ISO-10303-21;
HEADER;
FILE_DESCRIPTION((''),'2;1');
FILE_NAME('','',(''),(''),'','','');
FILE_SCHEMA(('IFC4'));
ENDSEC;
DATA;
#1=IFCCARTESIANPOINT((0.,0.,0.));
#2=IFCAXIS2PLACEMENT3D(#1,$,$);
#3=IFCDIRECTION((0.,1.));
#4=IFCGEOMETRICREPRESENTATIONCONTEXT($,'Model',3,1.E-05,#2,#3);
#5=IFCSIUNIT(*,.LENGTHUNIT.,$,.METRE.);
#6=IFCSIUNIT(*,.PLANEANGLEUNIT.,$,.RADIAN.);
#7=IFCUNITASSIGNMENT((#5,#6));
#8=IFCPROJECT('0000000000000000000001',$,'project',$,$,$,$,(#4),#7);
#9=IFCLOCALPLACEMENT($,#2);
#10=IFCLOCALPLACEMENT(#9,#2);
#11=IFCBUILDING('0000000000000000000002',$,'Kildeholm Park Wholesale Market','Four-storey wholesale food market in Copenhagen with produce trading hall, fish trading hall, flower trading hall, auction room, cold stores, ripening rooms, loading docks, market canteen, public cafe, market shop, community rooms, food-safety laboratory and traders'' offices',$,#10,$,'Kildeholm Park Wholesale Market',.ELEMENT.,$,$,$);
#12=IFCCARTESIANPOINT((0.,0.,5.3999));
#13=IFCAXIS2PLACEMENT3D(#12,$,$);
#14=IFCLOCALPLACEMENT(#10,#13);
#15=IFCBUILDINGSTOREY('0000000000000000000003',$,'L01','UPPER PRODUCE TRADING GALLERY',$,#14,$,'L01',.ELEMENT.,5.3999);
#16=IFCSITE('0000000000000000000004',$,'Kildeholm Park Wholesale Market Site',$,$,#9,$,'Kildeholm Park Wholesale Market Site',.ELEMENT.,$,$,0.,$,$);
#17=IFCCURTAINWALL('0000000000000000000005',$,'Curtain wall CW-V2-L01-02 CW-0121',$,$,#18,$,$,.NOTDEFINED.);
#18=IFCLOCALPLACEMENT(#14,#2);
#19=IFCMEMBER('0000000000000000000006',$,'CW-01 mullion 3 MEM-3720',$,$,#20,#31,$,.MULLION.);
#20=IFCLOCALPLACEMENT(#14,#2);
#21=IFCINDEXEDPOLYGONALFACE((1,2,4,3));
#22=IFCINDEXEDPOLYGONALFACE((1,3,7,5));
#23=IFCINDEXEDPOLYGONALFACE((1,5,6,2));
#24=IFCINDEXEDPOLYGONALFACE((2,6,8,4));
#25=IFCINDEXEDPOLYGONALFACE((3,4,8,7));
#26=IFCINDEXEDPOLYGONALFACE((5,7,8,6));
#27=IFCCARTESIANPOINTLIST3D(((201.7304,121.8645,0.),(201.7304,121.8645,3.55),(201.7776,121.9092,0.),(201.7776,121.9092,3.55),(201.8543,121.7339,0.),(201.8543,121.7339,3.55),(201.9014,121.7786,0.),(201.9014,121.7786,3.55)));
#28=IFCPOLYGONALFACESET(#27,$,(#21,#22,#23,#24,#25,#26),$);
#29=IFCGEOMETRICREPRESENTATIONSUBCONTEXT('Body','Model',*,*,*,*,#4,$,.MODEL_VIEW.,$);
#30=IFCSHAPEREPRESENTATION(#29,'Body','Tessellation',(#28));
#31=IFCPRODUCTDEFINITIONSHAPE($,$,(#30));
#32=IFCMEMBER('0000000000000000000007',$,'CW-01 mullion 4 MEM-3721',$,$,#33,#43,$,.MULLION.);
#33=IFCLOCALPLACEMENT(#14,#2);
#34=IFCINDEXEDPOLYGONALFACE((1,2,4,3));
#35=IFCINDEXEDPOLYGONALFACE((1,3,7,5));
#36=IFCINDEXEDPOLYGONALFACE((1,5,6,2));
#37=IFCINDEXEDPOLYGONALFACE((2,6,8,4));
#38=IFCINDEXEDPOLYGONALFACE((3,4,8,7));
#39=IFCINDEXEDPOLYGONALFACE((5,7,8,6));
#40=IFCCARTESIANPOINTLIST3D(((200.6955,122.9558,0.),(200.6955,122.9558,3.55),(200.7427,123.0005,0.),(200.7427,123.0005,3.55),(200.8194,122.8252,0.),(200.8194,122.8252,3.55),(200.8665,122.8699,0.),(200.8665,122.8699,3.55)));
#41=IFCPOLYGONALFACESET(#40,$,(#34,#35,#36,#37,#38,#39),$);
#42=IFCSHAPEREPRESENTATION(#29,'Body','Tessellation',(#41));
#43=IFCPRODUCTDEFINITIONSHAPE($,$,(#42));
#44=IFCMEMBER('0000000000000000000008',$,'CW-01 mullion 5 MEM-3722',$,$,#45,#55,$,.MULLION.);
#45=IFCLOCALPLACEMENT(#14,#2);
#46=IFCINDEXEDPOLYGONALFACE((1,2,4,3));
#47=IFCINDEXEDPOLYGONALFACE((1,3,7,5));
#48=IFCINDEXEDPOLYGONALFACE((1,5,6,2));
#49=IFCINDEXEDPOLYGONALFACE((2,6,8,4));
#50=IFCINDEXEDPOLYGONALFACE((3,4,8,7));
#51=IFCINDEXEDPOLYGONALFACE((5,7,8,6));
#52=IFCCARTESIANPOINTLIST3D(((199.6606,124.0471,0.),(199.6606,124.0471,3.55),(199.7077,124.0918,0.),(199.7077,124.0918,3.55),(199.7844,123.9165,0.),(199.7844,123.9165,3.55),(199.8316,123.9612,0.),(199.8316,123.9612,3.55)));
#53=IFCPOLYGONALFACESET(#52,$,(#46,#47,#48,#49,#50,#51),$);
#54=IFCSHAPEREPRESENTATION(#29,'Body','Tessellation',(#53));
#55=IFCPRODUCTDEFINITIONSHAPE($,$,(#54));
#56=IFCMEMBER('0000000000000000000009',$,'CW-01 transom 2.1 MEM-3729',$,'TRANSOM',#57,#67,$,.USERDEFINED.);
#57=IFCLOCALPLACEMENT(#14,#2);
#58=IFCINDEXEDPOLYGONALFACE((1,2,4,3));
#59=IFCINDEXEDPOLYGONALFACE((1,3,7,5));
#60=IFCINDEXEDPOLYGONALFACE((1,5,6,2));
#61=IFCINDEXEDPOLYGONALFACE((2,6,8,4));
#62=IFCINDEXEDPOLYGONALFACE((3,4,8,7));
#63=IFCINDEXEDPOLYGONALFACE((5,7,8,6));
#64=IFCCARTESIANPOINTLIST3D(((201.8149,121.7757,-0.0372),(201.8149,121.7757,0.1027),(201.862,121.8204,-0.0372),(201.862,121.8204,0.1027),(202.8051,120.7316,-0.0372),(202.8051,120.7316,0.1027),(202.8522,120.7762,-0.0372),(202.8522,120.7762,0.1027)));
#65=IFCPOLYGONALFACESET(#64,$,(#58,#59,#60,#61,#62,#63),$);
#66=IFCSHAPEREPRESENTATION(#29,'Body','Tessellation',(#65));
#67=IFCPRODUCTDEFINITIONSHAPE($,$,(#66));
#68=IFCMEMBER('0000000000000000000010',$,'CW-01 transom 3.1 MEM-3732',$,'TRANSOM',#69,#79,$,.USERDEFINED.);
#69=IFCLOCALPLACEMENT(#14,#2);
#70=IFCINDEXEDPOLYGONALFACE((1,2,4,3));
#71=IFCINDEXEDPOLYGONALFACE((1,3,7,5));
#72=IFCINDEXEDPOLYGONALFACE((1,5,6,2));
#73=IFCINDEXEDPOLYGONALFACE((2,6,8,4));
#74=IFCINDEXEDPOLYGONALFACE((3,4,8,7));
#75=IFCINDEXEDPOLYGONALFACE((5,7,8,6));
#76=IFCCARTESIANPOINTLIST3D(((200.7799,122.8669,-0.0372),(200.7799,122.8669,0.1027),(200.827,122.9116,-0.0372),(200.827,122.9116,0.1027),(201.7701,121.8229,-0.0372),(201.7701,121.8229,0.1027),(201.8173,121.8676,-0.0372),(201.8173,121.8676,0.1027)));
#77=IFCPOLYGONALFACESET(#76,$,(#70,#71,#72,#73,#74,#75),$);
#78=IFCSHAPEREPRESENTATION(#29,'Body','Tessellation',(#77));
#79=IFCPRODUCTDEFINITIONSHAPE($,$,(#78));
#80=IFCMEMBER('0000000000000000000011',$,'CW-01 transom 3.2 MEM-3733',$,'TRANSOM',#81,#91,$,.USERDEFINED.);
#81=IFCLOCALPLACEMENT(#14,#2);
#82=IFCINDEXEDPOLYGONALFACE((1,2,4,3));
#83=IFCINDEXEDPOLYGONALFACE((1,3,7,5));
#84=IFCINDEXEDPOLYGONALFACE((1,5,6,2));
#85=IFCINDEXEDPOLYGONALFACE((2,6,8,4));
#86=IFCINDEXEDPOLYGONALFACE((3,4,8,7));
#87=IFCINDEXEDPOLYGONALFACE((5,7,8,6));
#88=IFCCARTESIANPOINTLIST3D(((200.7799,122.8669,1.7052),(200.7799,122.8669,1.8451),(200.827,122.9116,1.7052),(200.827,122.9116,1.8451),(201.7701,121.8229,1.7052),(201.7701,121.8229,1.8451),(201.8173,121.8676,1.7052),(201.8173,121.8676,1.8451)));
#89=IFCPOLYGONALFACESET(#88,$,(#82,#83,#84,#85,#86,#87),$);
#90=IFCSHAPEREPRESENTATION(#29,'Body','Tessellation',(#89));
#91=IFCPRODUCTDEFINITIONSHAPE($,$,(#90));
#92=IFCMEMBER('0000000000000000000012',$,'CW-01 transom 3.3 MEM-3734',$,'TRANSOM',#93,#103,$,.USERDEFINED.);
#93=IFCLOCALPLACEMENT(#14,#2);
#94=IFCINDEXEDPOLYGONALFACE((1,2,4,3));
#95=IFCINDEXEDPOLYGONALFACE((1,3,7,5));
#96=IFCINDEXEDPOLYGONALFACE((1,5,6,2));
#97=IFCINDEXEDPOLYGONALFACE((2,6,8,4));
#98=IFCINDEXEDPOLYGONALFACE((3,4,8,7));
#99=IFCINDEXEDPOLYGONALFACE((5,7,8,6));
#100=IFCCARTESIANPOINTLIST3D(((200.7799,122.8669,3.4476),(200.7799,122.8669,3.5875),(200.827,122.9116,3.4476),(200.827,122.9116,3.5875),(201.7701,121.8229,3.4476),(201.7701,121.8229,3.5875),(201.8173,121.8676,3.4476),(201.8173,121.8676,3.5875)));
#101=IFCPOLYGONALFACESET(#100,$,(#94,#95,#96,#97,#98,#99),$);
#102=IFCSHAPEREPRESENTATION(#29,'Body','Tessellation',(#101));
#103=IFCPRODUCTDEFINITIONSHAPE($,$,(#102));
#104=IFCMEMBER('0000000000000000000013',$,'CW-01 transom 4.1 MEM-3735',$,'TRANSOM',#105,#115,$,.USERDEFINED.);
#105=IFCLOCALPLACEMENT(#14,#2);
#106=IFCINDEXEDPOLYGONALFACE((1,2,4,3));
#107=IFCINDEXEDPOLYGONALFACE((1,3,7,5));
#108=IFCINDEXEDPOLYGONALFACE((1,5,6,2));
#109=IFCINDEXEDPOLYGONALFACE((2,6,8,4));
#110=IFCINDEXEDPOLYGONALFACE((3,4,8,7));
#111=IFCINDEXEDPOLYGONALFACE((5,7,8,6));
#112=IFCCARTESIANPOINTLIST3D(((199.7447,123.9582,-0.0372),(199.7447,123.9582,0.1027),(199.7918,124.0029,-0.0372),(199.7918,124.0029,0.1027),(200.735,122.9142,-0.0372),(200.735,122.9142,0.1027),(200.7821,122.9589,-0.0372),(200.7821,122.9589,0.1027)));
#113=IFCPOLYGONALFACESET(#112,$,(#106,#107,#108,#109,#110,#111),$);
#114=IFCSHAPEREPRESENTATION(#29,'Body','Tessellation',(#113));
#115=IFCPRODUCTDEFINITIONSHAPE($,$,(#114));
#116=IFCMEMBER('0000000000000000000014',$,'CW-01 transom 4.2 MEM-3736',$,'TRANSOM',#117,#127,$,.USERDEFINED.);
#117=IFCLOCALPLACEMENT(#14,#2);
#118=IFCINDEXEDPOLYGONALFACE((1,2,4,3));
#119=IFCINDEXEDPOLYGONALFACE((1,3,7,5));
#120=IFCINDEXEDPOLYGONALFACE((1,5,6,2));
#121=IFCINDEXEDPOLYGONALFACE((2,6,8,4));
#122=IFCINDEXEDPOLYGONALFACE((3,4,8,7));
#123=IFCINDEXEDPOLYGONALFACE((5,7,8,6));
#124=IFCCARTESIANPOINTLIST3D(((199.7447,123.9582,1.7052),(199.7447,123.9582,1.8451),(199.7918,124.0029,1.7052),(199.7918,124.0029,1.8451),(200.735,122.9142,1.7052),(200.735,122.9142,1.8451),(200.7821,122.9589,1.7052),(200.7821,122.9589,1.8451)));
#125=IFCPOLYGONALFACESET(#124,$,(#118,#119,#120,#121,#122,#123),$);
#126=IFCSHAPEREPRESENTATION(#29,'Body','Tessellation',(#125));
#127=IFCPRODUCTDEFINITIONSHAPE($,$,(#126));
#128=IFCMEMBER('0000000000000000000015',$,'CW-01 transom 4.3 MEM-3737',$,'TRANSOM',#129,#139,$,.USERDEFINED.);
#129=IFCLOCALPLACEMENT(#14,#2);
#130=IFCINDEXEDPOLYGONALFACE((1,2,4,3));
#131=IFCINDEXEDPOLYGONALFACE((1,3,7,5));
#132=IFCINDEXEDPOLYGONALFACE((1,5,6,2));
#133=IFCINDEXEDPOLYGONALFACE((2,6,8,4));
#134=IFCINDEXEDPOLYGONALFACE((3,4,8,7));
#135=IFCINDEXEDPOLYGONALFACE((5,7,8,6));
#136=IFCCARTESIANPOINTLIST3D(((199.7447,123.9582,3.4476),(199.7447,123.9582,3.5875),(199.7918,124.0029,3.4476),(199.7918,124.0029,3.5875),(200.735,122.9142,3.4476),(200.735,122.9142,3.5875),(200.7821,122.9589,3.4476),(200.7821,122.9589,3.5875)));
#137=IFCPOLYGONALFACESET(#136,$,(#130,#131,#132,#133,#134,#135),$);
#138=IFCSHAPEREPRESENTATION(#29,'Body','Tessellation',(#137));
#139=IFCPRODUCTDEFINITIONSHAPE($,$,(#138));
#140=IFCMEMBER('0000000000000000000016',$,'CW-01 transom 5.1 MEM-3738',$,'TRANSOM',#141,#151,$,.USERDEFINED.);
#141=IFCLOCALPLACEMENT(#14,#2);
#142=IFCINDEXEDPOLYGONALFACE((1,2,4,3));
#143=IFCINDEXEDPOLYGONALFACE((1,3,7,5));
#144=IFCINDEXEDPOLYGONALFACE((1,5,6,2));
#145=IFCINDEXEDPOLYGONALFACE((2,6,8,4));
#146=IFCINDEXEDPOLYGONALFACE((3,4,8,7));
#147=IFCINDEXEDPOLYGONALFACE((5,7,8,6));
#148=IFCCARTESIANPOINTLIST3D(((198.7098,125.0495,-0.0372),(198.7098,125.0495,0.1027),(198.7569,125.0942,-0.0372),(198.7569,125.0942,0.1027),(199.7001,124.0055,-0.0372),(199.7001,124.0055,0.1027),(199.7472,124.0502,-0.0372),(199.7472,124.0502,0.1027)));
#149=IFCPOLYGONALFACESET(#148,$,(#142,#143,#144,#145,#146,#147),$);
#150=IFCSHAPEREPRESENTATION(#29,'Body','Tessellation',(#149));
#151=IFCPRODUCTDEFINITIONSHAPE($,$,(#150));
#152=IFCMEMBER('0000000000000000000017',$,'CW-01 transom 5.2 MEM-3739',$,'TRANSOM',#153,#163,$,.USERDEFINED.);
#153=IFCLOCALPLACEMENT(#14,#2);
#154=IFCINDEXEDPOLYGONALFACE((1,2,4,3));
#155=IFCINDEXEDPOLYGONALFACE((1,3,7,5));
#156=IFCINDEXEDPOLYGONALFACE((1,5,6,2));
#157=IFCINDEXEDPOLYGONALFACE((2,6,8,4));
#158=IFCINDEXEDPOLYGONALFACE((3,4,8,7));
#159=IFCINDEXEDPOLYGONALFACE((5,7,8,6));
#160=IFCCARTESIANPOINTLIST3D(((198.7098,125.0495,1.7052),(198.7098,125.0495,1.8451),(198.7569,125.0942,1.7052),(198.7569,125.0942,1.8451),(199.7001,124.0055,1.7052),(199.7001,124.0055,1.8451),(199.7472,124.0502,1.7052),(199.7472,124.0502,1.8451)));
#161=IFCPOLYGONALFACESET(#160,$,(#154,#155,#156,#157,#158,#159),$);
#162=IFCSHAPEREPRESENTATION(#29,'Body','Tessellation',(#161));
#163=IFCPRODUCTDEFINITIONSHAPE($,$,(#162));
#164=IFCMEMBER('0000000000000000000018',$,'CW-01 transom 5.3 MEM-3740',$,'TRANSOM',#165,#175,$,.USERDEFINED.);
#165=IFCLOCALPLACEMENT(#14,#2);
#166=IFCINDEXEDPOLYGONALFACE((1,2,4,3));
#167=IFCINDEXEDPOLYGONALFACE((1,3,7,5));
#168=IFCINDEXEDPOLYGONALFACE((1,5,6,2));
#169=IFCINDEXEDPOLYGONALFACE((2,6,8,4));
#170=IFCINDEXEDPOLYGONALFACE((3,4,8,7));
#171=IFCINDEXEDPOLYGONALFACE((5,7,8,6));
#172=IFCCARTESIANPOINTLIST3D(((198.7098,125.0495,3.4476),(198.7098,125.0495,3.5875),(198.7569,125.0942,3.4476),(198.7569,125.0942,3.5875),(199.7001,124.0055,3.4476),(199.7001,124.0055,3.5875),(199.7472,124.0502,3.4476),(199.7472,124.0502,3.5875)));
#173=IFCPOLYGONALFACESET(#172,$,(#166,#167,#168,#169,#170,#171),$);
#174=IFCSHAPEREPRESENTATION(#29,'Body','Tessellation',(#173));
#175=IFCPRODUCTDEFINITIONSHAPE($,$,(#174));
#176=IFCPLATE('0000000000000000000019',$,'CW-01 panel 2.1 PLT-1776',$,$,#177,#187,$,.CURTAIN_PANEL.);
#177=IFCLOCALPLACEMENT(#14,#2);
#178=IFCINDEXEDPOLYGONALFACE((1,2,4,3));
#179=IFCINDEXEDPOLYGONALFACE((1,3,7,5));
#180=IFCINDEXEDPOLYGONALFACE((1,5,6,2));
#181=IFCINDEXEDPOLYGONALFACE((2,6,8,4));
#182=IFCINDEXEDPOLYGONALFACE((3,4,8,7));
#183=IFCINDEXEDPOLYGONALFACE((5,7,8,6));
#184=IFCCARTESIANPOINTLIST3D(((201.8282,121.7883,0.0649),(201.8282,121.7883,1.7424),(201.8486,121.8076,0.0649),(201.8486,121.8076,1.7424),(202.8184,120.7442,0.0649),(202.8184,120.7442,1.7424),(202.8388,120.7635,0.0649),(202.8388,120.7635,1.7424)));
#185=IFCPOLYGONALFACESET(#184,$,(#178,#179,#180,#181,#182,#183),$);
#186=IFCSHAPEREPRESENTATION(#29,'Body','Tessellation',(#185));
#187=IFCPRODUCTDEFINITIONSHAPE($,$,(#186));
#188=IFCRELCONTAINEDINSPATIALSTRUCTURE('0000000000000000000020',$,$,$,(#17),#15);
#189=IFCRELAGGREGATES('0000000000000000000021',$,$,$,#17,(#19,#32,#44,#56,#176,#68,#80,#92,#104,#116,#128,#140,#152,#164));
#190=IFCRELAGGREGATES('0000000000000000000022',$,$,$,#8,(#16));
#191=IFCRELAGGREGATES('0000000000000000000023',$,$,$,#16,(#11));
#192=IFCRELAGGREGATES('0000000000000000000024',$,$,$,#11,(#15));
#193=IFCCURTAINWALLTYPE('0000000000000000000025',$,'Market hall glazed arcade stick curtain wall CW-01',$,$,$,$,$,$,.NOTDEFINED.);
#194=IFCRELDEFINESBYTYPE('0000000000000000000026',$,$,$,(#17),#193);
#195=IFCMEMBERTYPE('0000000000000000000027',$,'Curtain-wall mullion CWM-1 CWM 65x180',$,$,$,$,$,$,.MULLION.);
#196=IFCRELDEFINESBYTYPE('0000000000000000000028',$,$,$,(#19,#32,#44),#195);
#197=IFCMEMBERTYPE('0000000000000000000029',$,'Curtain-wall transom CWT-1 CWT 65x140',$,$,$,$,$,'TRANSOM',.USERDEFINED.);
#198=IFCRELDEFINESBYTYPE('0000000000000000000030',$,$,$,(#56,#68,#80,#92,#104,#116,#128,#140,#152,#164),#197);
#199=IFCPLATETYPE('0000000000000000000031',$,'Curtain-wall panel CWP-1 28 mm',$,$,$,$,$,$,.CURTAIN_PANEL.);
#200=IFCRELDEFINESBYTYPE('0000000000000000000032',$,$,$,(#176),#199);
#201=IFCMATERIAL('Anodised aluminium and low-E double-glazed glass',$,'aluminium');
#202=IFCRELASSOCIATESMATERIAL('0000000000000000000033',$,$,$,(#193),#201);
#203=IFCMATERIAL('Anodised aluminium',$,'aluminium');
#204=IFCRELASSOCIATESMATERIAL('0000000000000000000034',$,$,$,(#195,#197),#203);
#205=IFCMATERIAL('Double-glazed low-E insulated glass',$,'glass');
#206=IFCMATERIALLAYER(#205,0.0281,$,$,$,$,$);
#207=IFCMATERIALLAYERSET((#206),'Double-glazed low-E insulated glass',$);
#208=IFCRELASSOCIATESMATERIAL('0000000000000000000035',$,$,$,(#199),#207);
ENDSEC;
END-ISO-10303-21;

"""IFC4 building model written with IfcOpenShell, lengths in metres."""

from ifc_helpers import new_model, si_unit, direction, frame, origin, origin_2d, place, context, subcontext, project, spatial, rectangle, extrude, material, layer, layer_set, material_profile, profile_set, type_object, element, aggregate, save


model = new_model("IFC4")

# Units and contexts
model_context = context("Model", 3, precision=1e-05, world=origin(), true_north=direction((0.0, 1.0)))
body_context = subcontext(model_context, "Body", "Model", "MODEL_VIEW")
ifc_project = project(units=[si_unit("LENGTHUNIT", "METRE"), si_unit("PLANEANGLEUNIT", "RADIAN")], contexts=[model_context])

# Site, building, storey
site_placement = place(None, origin())
site = spatial("IfcSite", under=ifc_project, at=site_placement, Name="Kildeholm Park Wholesale Market Site", LongName="Kildeholm Park Wholesale Market Site", CompositionType="ELEMENT", RefElevation=0.0)
building_placement = place(site_placement, origin())
building = spatial("IfcBuilding", under=site, at=building_placement, Name="Kildeholm Park Wholesale Market", Description="Four-storey wholesale food market in Copenhagen with produce trading hall, fish trading hall, flower trading hall, auction room, cold stores, ripening rooms, loading docks, market canteen, public cafe, market shop, community rooms, food-safety laboratory and traders' offices", LongName="Kildeholm Park Wholesale Market", CompositionType="ELEMENT")
storey_placement = place(building_placement, frame((0.0, 0.0, 5.3999)))
storey = spatial("IfcBuildingStorey", under=building, at=storey_placement, Name="L01", Description="UPPER PRODUCE TRADING GALLERY", LongName="L01", CompositionType="ELEMENT", Elevation=5.3999)

# Curtain wall, members, plate
ifc_material_1 = material(Name="Anodised aluminium and low-E double-glazed glass", Category="aluminium")
curtain_wall_type = type_object("IfcCurtainWallType", Name="Market hall glazed arcade stick curtain wall CW-01", PredefinedType="NOTDEFINED", material=ifc_material_1)
curtain_wall_placement = place(storey_placement, origin())
curtain_wall = element("IfcCurtainWall", 1, at=curtain_wall_placement, inside=storey, type_object=curtain_wall_type, Name="Curtain wall CW-V2-L01-02 CW-0121", PredefinedType="NOTDEFINED")
ifc_material_2 = material(Name="Anodised aluminium", Category="aluminium")
ifc_material_profile_1 = material_profile(ifc_material_2, rectangle(XDim=0.0649, YDim=0.1799, at=origin_2d()), Name="CWM 65x180")
ifc_profile_set_1 = profile_set([ifc_material_profile_1], Name="Anodised aluminium")
member_type_1 = type_object("IfcMemberType", Name="Curtain-wall mullion CWM-1 CWM 65x180", PredefinedType="MULLION", material=ifc_profile_set_1)
member_1_placement = place(storey_placement, frame((201.8159, 121.8215, 0.0), z_axis=(0.0, 0.0, 1.0), x_axis=(-0.725571, -0.688148, 0.0)))
member_1 = element("IfcMember", 2, at=member_1_placement, type_object=member_type_1, Name="CW-01 mullion 3 MEM-3720", PredefinedType="MULLION", context=body_context, shape_type="SweptSolid", body=[
    extrude(rectangle(XDim=0.0649, YDim=0.1799, at=origin_2d()), origin(), (0.0, 0.0, 1.0), 3.55),
])
member_2_placement = place(storey_placement, frame((200.781, 122.9128, 0.0), z_axis=(0.0, 0.0, 1.0), x_axis=(-0.725571, -0.688148, 0.0)))
member_2 = element("IfcMember", 3, at=member_2_placement, type_object=member_type_1, Name="CW-01 mullion 4 MEM-3721", PredefinedType="MULLION", context=body_context, shape_type="SweptSolid", body=[
    extrude(rectangle(XDim=0.0649, YDim=0.1799, at=origin_2d()), origin(), (0.0, 0.0, 1.0), 3.55),
])
member_3_placement = place(storey_placement, frame((199.7461, 124.0042, 0.0), z_axis=(0.0, 0.0, 1.0), x_axis=(-0.725571, -0.688148, 0.0)))
member_3 = element("IfcMember", 4, at=member_3_placement, type_object=member_type_1, Name="CW-01 mullion 5 MEM-3722", PredefinedType="MULLION", context=body_context, shape_type="SweptSolid", body=[
    extrude(rectangle(XDim=0.0649, YDim=0.1799, at=origin_2d()), origin(), (0.0, 0.0, 1.0), 3.55),
])
ifc_material_profile_2 = material_profile(ifc_material_2, rectangle(XDim=0.0649, YDim=0.1399, at=origin_2d()), Name="CWT 65x140")
ifc_profile_set_2 = profile_set([ifc_material_profile_2], Name="Anodised aluminium")
member_type_2 = type_object("IfcMemberType", Name="Curtain-wall transom CWT-1 CWT 65x140", ElementType="TRANSOM", PredefinedType="USERDEFINED", material=ifc_profile_set_2)
member_4_placement = place(storey_placement, frame((202.8286, 120.7539, 0.0327), z_axis=(-0.688112, 0.725605, 0.0), x_axis=(-0.725605, -0.688112, 0.0)))
member_4 = element("IfcMember", 5, at=member_4_placement, type_object=member_type_2, Name="CW-01 transom 2.1 MEM-3729", ObjectType="TRANSOM", PredefinedType="USERDEFINED", context=body_context, shape_type="SweptSolid", body=[
    extrude(rectangle(XDim=0.0649, YDim=0.1399, at=origin_2d()), origin(), (0.0, 0.0, 1.0), 1.439),
])
member_5_placement = place(storey_placement, frame((201.7937, 121.8452, 0.0327), z_axis=(-0.688196, 0.725525, 0.0), x_axis=(-0.725525, -0.688196, 0.0)))
member_5 = element("IfcMember", 6, at=member_5_placement, type_object=member_type_2, Name="CW-01 transom 3.1 MEM-3732", ObjectType="TRANSOM", PredefinedType="USERDEFINED", context=body_context, shape_type="SweptSolid", body=[
    extrude(rectangle(XDim=0.0649, YDim=0.1399, at=origin_2d()), origin(), (0.0, 0.0, 1.0), 1.439),
])
member_6_placement = place(storey_placement, frame((201.7937, 121.8452, 1.7751), z_axis=(-0.688196, 0.725525, 0.0), x_axis=(-0.725525, -0.688196, 0.0)))
member_6 = element("IfcMember", 7, at=member_6_placement, type_object=member_type_2, Name="CW-01 transom 3.2 MEM-3733", ObjectType="TRANSOM", PredefinedType="USERDEFINED", context=body_context, shape_type="SweptSolid", body=[
    extrude(rectangle(XDim=0.0649, YDim=0.1399, at=origin_2d()), origin(), (0.0, 0.0, 1.0), 1.439),
])
member_7_placement = place(storey_placement, frame((201.7937, 121.8452, 3.5176), z_axis=(-0.688196, 0.725525, 0.0), x_axis=(-0.725525, -0.688196, 0.0)))
member_7 = element("IfcMember", 8, at=member_7_placement, type_object=member_type_2, Name="CW-01 transom 3.3 MEM-3734", ObjectType="TRANSOM", PredefinedType="USERDEFINED", context=body_context, shape_type="SweptSolid", body=[
    extrude(rectangle(XDim=0.0649, YDim=0.1399, at=origin_2d()), origin(), (0.0, 0.0, 1.0), 1.439),
])
member_8_placement = place(storey_placement, frame((200.7585, 122.9365, 0.0327), z_axis=(-0.688196, 0.725525, 0.0), x_axis=(-0.725525, -0.688196, 0.0)))
member_8 = element("IfcMember", 9, at=member_8_placement, type_object=member_type_2, Name="CW-01 transom 4.1 MEM-3735", ObjectType="TRANSOM", PredefinedType="USERDEFINED", context=body_context, shape_type="SweptSolid", body=[
    extrude(rectangle(XDim=0.0649, YDim=0.1399, at=origin_2d()), origin(), (0.0, 0.0, 1.0), 1.439),
])
member_9_placement = place(storey_placement, frame((200.7585, 122.9365, 1.7751), z_axis=(-0.688196, 0.725525, 0.0), x_axis=(-0.725525, -0.688196, 0.0)))
member_9 = element("IfcMember", 10, at=member_9_placement, type_object=member_type_2, Name="CW-01 transom 4.2 MEM-3736", ObjectType="TRANSOM", PredefinedType="USERDEFINED", context=body_context, shape_type="SweptSolid", body=[
    extrude(rectangle(XDim=0.0649, YDim=0.1399, at=origin_2d()), origin(), (0.0, 0.0, 1.0), 1.439),
])
member_10_placement = place(storey_placement, frame((200.7585, 122.9365, 3.5176), z_axis=(-0.688196, 0.725525, 0.0), x_axis=(-0.725525, -0.688196, 0.0)))
member_10 = element("IfcMember", 11, at=member_10_placement, type_object=member_type_2, Name="CW-01 transom 4.3 MEM-3737", ObjectType="TRANSOM", PredefinedType="USERDEFINED", context=body_context, shape_type="SweptSolid", body=[
    extrude(rectangle(XDim=0.0649, YDim=0.1399, at=origin_2d()), origin(), (0.0, 0.0, 1.0), 1.439),
])
member_11_placement = place(storey_placement, frame((199.7236, 124.0278, 0.0327), z_axis=(-0.688196, 0.725525, 0.0), x_axis=(-0.725525, -0.688196, 0.0)))
member_11 = element("IfcMember", 12, at=member_11_placement, type_object=member_type_2, Name="CW-01 transom 5.1 MEM-3738", ObjectType="TRANSOM", PredefinedType="USERDEFINED", context=body_context, shape_type="SweptSolid", body=[
    extrude(rectangle(XDim=0.0649, YDim=0.1399, at=origin_2d()), origin(), (0.0, 0.0, 1.0), 1.439),
])
member_12_placement = place(storey_placement, frame((199.7236, 124.0278, 1.7751), z_axis=(-0.688196, 0.725525, 0.0), x_axis=(-0.725525, -0.688196, 0.0)))
member_12 = element("IfcMember", 13, at=member_12_placement, type_object=member_type_2, Name="CW-01 transom 5.2 MEM-3739", ObjectType="TRANSOM", PredefinedType="USERDEFINED", context=body_context, shape_type="SweptSolid", body=[
    extrude(rectangle(XDim=0.0649, YDim=0.1399, at=origin_2d()), origin(), (0.0, 0.0, 1.0), 1.439),
])
member_13_placement = place(storey_placement, frame((199.7236, 124.0278, 3.5176), z_axis=(-0.688196, 0.725525, 0.0), x_axis=(-0.725525, -0.688196, 0.0)))
member_13 = element("IfcMember", 14, at=member_13_placement, type_object=member_type_2, Name="CW-01 transom 5.3 MEM-3740", ObjectType="TRANSOM", PredefinedType="USERDEFINED", context=body_context, shape_type="SweptSolid", body=[
    extrude(rectangle(XDim=0.0649, YDim=0.1399, at=origin_2d()), origin(), (0.0, 0.0, 1.0), 1.439),
])
ifc_material_3 = material(Name="Double-glazed low-E insulated glass", Category="glass")
ifc_layer = layer(ifc_material_3, 0.0281)
ifc_layer_set = layer_set([ifc_layer], Name="Double-glazed low-E insulated glass")
plate_type = type_object("IfcPlateType", Name="Curtain-wall panel CWP-1 28 mm", PredefinedType="CURTAIN_PANEL", material=ifc_layer_set)
plate_1_placement = place(storey_placement, frame((202.3335, 121.2759, 0.0649), z_axis=(0.0, 0.0, 1.0), x_axis=(-0.688148, 0.725571, 0.0)))
plate_1 = element("IfcPlate", 15, at=plate_1_placement, type_object=plate_type, Name="CW-01 panel 2.1 PLT-1776", PredefinedType="CURTAIN_PANEL", context=body_context, shape_type="SweptSolid", body=[
    extrude(rectangle(XDim=1.439, YDim=0.0281, at=origin_2d()), origin(), (0.0, 0.0, 1.0), 1.6775),
])
aggregate(curtain_wall, [member_1, member_2, member_3, member_4, plate_1, member_5, member_6, member_7, member_8, member_9, member_10, member_11, member_12, member_13])

save(model, "model.ifc")
